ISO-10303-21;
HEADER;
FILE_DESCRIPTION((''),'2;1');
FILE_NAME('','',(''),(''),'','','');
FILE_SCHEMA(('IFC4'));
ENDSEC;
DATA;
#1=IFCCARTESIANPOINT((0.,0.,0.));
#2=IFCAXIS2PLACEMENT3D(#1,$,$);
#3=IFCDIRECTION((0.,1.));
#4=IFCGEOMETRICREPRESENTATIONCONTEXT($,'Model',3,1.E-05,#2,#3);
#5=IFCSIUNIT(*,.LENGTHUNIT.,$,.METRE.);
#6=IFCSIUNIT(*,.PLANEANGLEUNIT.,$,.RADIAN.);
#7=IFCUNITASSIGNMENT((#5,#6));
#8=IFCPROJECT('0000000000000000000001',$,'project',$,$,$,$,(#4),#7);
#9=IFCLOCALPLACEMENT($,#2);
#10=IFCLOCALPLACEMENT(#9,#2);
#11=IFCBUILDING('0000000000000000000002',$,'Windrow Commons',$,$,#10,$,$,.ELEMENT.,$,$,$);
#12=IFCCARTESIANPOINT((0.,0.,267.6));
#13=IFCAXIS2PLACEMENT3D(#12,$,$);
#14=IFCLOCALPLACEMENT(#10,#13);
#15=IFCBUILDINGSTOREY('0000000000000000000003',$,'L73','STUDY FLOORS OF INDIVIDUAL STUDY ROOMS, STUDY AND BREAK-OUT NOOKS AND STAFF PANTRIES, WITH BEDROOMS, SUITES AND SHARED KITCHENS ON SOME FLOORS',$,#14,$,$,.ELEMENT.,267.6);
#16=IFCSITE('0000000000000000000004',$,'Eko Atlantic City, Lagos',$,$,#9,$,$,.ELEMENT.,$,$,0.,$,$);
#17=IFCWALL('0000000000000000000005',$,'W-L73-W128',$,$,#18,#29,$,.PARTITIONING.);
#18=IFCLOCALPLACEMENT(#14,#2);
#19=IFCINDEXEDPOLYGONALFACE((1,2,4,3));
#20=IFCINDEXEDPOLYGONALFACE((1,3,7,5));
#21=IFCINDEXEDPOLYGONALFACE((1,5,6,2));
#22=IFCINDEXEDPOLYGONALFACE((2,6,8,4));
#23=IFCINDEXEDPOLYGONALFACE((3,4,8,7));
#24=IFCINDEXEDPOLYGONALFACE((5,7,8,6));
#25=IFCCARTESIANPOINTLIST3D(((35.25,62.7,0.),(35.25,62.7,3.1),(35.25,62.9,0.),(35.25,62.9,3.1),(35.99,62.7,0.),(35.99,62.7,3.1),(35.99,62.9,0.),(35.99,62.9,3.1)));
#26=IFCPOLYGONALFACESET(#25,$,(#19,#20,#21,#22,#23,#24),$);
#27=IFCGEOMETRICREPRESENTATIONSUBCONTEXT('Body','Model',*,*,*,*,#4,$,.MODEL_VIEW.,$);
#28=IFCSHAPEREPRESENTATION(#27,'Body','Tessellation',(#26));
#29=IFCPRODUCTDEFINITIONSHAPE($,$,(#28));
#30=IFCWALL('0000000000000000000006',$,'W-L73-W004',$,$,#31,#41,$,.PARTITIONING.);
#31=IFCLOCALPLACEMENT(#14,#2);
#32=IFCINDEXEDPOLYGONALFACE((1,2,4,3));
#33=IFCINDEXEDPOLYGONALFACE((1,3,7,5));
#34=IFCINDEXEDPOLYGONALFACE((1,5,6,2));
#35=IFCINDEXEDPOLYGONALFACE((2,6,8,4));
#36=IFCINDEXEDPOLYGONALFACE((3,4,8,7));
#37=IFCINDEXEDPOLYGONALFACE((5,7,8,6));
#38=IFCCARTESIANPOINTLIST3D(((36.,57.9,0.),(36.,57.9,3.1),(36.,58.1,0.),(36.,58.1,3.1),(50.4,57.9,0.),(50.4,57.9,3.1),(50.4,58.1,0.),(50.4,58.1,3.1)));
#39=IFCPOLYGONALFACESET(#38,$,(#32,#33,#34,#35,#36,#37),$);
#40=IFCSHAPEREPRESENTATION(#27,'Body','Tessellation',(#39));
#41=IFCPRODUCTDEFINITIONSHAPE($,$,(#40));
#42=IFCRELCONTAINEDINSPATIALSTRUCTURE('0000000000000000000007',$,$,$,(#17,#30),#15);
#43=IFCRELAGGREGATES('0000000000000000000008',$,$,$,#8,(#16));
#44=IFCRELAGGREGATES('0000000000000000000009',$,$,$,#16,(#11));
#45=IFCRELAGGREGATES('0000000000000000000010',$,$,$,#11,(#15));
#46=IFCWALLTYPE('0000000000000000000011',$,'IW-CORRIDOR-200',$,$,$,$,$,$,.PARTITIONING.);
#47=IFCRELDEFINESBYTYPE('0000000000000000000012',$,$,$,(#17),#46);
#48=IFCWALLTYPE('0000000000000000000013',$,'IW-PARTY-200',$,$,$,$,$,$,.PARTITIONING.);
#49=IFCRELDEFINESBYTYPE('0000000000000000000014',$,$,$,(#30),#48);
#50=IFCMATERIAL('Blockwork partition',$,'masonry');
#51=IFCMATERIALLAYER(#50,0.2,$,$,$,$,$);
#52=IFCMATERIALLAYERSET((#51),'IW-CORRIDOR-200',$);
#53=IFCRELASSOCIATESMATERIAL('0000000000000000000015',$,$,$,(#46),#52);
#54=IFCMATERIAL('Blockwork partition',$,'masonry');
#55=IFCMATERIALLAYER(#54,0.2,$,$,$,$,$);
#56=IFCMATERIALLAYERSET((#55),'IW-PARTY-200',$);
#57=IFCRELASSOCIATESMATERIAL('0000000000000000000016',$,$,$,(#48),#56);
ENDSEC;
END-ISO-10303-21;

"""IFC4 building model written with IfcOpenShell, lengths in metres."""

from ifc_helpers import new_model, si_unit, direction, frame, frame_2d, origin, place, context, subcontext, project, spatial, rectangle, extrude, material, layer, layer_set, type_object, element, save


model = new_model("IFC4")

# Units and contexts
model_context = context("Model", 3, precision=1e-05, world=origin(), true_north=direction((0.0, 1.0)))
body_context = subcontext(model_context, "Body", "Model", "MODEL_VIEW")
ifc_project = project(units=[si_unit("LENGTHUNIT", "METRE"), si_unit("PLANEANGLEUNIT", "RADIAN")], contexts=[model_context])

# Site, building, storey
site_placement = place(None, origin())
site = spatial("IfcSite", under=ifc_project, at=site_placement, Name="Eko Atlantic City, Lagos", CompositionType="ELEMENT", RefElevation=0.0)
building_placement = place(site_placement, origin())
building = spatial("IfcBuilding", under=site, at=building_placement, Name="Windrow Commons", CompositionType="ELEMENT")
storey_placement = place(building_placement, frame((0.0, 0.0, 267.6)))
storey = spatial("IfcBuildingStorey", under=building, at=storey_placement, Name="L73", Description="STUDY FLOORS OF INDIVIDUAL STUDY ROOMS, STUDY AND BREAK-OUT NOOKS AND STAFF PANTRIES, WITH BEDROOMS, SUITES AND SHARED KITCHENS ON SOME FLOORS", CompositionType="ELEMENT", Elevation=267.6)

# Walls
ifc_material_1 = material(Name="Blockwork partition", Category="masonry")
ifc_layer_1 = layer(ifc_material_1, 0.2)
ifc_layer_set_1 = layer_set([ifc_layer_1], Name="IW-CORRIDOR-200")
wall_type_1 = type_object("IfcWallType", Name="IW-CORRIDOR-200", PredefinedType="PARTITIONING", material=ifc_layer_set_1)
wall_1_placement = place(storey_placement, frame((35.25, 62.8, 0.0), z_axis=(0.0, 0.0, 1.0), x_axis=(1.0, 0.0, 0.0)))
element("IfcWall", 1, at=wall_1_placement, inside=storey, type_object=wall_type_1, Name="W-L73-W128", PredefinedType="PARTITIONING", context=body_context, shape_type="SweptSolid", body=[
    extrude(rectangle(XDim=0.74, YDim=0.2, at=frame_2d((0.37, 0.0))), origin(), (0.0, 0.0, 1.0), 3.1),
])
ifc_material_2 = material(Name="Blockwork partition", Category="masonry")
ifc_layer_2 = layer(ifc_material_2, 0.2)
ifc_layer_set_2 = layer_set([ifc_layer_2], Name="IW-PARTY-200")
wall_type_2 = type_object("IfcWallType", Name="IW-PARTY-200", PredefinedType="PARTITIONING", material=ifc_layer_set_2)
wall_2_placement = place(storey_placement, frame((36.0, 58.0, 0.0), z_axis=(0.0, 0.0, 1.0), x_axis=(1.0, 0.0, 0.0)))
element("IfcWall", 2, at=wall_2_placement, inside=storey, type_object=wall_type_2, Name="W-L73-W004", PredefinedType="PARTITIONING", context=body_context, shape_type="SweptSolid", body=[
    extrude(rectangle(XDim=14.4, YDim=0.2, at=frame_2d((7.2, 0.0))), origin(), (0.0, 0.0, 1.0), 3.1),
])

save(model, "model.ifc")
